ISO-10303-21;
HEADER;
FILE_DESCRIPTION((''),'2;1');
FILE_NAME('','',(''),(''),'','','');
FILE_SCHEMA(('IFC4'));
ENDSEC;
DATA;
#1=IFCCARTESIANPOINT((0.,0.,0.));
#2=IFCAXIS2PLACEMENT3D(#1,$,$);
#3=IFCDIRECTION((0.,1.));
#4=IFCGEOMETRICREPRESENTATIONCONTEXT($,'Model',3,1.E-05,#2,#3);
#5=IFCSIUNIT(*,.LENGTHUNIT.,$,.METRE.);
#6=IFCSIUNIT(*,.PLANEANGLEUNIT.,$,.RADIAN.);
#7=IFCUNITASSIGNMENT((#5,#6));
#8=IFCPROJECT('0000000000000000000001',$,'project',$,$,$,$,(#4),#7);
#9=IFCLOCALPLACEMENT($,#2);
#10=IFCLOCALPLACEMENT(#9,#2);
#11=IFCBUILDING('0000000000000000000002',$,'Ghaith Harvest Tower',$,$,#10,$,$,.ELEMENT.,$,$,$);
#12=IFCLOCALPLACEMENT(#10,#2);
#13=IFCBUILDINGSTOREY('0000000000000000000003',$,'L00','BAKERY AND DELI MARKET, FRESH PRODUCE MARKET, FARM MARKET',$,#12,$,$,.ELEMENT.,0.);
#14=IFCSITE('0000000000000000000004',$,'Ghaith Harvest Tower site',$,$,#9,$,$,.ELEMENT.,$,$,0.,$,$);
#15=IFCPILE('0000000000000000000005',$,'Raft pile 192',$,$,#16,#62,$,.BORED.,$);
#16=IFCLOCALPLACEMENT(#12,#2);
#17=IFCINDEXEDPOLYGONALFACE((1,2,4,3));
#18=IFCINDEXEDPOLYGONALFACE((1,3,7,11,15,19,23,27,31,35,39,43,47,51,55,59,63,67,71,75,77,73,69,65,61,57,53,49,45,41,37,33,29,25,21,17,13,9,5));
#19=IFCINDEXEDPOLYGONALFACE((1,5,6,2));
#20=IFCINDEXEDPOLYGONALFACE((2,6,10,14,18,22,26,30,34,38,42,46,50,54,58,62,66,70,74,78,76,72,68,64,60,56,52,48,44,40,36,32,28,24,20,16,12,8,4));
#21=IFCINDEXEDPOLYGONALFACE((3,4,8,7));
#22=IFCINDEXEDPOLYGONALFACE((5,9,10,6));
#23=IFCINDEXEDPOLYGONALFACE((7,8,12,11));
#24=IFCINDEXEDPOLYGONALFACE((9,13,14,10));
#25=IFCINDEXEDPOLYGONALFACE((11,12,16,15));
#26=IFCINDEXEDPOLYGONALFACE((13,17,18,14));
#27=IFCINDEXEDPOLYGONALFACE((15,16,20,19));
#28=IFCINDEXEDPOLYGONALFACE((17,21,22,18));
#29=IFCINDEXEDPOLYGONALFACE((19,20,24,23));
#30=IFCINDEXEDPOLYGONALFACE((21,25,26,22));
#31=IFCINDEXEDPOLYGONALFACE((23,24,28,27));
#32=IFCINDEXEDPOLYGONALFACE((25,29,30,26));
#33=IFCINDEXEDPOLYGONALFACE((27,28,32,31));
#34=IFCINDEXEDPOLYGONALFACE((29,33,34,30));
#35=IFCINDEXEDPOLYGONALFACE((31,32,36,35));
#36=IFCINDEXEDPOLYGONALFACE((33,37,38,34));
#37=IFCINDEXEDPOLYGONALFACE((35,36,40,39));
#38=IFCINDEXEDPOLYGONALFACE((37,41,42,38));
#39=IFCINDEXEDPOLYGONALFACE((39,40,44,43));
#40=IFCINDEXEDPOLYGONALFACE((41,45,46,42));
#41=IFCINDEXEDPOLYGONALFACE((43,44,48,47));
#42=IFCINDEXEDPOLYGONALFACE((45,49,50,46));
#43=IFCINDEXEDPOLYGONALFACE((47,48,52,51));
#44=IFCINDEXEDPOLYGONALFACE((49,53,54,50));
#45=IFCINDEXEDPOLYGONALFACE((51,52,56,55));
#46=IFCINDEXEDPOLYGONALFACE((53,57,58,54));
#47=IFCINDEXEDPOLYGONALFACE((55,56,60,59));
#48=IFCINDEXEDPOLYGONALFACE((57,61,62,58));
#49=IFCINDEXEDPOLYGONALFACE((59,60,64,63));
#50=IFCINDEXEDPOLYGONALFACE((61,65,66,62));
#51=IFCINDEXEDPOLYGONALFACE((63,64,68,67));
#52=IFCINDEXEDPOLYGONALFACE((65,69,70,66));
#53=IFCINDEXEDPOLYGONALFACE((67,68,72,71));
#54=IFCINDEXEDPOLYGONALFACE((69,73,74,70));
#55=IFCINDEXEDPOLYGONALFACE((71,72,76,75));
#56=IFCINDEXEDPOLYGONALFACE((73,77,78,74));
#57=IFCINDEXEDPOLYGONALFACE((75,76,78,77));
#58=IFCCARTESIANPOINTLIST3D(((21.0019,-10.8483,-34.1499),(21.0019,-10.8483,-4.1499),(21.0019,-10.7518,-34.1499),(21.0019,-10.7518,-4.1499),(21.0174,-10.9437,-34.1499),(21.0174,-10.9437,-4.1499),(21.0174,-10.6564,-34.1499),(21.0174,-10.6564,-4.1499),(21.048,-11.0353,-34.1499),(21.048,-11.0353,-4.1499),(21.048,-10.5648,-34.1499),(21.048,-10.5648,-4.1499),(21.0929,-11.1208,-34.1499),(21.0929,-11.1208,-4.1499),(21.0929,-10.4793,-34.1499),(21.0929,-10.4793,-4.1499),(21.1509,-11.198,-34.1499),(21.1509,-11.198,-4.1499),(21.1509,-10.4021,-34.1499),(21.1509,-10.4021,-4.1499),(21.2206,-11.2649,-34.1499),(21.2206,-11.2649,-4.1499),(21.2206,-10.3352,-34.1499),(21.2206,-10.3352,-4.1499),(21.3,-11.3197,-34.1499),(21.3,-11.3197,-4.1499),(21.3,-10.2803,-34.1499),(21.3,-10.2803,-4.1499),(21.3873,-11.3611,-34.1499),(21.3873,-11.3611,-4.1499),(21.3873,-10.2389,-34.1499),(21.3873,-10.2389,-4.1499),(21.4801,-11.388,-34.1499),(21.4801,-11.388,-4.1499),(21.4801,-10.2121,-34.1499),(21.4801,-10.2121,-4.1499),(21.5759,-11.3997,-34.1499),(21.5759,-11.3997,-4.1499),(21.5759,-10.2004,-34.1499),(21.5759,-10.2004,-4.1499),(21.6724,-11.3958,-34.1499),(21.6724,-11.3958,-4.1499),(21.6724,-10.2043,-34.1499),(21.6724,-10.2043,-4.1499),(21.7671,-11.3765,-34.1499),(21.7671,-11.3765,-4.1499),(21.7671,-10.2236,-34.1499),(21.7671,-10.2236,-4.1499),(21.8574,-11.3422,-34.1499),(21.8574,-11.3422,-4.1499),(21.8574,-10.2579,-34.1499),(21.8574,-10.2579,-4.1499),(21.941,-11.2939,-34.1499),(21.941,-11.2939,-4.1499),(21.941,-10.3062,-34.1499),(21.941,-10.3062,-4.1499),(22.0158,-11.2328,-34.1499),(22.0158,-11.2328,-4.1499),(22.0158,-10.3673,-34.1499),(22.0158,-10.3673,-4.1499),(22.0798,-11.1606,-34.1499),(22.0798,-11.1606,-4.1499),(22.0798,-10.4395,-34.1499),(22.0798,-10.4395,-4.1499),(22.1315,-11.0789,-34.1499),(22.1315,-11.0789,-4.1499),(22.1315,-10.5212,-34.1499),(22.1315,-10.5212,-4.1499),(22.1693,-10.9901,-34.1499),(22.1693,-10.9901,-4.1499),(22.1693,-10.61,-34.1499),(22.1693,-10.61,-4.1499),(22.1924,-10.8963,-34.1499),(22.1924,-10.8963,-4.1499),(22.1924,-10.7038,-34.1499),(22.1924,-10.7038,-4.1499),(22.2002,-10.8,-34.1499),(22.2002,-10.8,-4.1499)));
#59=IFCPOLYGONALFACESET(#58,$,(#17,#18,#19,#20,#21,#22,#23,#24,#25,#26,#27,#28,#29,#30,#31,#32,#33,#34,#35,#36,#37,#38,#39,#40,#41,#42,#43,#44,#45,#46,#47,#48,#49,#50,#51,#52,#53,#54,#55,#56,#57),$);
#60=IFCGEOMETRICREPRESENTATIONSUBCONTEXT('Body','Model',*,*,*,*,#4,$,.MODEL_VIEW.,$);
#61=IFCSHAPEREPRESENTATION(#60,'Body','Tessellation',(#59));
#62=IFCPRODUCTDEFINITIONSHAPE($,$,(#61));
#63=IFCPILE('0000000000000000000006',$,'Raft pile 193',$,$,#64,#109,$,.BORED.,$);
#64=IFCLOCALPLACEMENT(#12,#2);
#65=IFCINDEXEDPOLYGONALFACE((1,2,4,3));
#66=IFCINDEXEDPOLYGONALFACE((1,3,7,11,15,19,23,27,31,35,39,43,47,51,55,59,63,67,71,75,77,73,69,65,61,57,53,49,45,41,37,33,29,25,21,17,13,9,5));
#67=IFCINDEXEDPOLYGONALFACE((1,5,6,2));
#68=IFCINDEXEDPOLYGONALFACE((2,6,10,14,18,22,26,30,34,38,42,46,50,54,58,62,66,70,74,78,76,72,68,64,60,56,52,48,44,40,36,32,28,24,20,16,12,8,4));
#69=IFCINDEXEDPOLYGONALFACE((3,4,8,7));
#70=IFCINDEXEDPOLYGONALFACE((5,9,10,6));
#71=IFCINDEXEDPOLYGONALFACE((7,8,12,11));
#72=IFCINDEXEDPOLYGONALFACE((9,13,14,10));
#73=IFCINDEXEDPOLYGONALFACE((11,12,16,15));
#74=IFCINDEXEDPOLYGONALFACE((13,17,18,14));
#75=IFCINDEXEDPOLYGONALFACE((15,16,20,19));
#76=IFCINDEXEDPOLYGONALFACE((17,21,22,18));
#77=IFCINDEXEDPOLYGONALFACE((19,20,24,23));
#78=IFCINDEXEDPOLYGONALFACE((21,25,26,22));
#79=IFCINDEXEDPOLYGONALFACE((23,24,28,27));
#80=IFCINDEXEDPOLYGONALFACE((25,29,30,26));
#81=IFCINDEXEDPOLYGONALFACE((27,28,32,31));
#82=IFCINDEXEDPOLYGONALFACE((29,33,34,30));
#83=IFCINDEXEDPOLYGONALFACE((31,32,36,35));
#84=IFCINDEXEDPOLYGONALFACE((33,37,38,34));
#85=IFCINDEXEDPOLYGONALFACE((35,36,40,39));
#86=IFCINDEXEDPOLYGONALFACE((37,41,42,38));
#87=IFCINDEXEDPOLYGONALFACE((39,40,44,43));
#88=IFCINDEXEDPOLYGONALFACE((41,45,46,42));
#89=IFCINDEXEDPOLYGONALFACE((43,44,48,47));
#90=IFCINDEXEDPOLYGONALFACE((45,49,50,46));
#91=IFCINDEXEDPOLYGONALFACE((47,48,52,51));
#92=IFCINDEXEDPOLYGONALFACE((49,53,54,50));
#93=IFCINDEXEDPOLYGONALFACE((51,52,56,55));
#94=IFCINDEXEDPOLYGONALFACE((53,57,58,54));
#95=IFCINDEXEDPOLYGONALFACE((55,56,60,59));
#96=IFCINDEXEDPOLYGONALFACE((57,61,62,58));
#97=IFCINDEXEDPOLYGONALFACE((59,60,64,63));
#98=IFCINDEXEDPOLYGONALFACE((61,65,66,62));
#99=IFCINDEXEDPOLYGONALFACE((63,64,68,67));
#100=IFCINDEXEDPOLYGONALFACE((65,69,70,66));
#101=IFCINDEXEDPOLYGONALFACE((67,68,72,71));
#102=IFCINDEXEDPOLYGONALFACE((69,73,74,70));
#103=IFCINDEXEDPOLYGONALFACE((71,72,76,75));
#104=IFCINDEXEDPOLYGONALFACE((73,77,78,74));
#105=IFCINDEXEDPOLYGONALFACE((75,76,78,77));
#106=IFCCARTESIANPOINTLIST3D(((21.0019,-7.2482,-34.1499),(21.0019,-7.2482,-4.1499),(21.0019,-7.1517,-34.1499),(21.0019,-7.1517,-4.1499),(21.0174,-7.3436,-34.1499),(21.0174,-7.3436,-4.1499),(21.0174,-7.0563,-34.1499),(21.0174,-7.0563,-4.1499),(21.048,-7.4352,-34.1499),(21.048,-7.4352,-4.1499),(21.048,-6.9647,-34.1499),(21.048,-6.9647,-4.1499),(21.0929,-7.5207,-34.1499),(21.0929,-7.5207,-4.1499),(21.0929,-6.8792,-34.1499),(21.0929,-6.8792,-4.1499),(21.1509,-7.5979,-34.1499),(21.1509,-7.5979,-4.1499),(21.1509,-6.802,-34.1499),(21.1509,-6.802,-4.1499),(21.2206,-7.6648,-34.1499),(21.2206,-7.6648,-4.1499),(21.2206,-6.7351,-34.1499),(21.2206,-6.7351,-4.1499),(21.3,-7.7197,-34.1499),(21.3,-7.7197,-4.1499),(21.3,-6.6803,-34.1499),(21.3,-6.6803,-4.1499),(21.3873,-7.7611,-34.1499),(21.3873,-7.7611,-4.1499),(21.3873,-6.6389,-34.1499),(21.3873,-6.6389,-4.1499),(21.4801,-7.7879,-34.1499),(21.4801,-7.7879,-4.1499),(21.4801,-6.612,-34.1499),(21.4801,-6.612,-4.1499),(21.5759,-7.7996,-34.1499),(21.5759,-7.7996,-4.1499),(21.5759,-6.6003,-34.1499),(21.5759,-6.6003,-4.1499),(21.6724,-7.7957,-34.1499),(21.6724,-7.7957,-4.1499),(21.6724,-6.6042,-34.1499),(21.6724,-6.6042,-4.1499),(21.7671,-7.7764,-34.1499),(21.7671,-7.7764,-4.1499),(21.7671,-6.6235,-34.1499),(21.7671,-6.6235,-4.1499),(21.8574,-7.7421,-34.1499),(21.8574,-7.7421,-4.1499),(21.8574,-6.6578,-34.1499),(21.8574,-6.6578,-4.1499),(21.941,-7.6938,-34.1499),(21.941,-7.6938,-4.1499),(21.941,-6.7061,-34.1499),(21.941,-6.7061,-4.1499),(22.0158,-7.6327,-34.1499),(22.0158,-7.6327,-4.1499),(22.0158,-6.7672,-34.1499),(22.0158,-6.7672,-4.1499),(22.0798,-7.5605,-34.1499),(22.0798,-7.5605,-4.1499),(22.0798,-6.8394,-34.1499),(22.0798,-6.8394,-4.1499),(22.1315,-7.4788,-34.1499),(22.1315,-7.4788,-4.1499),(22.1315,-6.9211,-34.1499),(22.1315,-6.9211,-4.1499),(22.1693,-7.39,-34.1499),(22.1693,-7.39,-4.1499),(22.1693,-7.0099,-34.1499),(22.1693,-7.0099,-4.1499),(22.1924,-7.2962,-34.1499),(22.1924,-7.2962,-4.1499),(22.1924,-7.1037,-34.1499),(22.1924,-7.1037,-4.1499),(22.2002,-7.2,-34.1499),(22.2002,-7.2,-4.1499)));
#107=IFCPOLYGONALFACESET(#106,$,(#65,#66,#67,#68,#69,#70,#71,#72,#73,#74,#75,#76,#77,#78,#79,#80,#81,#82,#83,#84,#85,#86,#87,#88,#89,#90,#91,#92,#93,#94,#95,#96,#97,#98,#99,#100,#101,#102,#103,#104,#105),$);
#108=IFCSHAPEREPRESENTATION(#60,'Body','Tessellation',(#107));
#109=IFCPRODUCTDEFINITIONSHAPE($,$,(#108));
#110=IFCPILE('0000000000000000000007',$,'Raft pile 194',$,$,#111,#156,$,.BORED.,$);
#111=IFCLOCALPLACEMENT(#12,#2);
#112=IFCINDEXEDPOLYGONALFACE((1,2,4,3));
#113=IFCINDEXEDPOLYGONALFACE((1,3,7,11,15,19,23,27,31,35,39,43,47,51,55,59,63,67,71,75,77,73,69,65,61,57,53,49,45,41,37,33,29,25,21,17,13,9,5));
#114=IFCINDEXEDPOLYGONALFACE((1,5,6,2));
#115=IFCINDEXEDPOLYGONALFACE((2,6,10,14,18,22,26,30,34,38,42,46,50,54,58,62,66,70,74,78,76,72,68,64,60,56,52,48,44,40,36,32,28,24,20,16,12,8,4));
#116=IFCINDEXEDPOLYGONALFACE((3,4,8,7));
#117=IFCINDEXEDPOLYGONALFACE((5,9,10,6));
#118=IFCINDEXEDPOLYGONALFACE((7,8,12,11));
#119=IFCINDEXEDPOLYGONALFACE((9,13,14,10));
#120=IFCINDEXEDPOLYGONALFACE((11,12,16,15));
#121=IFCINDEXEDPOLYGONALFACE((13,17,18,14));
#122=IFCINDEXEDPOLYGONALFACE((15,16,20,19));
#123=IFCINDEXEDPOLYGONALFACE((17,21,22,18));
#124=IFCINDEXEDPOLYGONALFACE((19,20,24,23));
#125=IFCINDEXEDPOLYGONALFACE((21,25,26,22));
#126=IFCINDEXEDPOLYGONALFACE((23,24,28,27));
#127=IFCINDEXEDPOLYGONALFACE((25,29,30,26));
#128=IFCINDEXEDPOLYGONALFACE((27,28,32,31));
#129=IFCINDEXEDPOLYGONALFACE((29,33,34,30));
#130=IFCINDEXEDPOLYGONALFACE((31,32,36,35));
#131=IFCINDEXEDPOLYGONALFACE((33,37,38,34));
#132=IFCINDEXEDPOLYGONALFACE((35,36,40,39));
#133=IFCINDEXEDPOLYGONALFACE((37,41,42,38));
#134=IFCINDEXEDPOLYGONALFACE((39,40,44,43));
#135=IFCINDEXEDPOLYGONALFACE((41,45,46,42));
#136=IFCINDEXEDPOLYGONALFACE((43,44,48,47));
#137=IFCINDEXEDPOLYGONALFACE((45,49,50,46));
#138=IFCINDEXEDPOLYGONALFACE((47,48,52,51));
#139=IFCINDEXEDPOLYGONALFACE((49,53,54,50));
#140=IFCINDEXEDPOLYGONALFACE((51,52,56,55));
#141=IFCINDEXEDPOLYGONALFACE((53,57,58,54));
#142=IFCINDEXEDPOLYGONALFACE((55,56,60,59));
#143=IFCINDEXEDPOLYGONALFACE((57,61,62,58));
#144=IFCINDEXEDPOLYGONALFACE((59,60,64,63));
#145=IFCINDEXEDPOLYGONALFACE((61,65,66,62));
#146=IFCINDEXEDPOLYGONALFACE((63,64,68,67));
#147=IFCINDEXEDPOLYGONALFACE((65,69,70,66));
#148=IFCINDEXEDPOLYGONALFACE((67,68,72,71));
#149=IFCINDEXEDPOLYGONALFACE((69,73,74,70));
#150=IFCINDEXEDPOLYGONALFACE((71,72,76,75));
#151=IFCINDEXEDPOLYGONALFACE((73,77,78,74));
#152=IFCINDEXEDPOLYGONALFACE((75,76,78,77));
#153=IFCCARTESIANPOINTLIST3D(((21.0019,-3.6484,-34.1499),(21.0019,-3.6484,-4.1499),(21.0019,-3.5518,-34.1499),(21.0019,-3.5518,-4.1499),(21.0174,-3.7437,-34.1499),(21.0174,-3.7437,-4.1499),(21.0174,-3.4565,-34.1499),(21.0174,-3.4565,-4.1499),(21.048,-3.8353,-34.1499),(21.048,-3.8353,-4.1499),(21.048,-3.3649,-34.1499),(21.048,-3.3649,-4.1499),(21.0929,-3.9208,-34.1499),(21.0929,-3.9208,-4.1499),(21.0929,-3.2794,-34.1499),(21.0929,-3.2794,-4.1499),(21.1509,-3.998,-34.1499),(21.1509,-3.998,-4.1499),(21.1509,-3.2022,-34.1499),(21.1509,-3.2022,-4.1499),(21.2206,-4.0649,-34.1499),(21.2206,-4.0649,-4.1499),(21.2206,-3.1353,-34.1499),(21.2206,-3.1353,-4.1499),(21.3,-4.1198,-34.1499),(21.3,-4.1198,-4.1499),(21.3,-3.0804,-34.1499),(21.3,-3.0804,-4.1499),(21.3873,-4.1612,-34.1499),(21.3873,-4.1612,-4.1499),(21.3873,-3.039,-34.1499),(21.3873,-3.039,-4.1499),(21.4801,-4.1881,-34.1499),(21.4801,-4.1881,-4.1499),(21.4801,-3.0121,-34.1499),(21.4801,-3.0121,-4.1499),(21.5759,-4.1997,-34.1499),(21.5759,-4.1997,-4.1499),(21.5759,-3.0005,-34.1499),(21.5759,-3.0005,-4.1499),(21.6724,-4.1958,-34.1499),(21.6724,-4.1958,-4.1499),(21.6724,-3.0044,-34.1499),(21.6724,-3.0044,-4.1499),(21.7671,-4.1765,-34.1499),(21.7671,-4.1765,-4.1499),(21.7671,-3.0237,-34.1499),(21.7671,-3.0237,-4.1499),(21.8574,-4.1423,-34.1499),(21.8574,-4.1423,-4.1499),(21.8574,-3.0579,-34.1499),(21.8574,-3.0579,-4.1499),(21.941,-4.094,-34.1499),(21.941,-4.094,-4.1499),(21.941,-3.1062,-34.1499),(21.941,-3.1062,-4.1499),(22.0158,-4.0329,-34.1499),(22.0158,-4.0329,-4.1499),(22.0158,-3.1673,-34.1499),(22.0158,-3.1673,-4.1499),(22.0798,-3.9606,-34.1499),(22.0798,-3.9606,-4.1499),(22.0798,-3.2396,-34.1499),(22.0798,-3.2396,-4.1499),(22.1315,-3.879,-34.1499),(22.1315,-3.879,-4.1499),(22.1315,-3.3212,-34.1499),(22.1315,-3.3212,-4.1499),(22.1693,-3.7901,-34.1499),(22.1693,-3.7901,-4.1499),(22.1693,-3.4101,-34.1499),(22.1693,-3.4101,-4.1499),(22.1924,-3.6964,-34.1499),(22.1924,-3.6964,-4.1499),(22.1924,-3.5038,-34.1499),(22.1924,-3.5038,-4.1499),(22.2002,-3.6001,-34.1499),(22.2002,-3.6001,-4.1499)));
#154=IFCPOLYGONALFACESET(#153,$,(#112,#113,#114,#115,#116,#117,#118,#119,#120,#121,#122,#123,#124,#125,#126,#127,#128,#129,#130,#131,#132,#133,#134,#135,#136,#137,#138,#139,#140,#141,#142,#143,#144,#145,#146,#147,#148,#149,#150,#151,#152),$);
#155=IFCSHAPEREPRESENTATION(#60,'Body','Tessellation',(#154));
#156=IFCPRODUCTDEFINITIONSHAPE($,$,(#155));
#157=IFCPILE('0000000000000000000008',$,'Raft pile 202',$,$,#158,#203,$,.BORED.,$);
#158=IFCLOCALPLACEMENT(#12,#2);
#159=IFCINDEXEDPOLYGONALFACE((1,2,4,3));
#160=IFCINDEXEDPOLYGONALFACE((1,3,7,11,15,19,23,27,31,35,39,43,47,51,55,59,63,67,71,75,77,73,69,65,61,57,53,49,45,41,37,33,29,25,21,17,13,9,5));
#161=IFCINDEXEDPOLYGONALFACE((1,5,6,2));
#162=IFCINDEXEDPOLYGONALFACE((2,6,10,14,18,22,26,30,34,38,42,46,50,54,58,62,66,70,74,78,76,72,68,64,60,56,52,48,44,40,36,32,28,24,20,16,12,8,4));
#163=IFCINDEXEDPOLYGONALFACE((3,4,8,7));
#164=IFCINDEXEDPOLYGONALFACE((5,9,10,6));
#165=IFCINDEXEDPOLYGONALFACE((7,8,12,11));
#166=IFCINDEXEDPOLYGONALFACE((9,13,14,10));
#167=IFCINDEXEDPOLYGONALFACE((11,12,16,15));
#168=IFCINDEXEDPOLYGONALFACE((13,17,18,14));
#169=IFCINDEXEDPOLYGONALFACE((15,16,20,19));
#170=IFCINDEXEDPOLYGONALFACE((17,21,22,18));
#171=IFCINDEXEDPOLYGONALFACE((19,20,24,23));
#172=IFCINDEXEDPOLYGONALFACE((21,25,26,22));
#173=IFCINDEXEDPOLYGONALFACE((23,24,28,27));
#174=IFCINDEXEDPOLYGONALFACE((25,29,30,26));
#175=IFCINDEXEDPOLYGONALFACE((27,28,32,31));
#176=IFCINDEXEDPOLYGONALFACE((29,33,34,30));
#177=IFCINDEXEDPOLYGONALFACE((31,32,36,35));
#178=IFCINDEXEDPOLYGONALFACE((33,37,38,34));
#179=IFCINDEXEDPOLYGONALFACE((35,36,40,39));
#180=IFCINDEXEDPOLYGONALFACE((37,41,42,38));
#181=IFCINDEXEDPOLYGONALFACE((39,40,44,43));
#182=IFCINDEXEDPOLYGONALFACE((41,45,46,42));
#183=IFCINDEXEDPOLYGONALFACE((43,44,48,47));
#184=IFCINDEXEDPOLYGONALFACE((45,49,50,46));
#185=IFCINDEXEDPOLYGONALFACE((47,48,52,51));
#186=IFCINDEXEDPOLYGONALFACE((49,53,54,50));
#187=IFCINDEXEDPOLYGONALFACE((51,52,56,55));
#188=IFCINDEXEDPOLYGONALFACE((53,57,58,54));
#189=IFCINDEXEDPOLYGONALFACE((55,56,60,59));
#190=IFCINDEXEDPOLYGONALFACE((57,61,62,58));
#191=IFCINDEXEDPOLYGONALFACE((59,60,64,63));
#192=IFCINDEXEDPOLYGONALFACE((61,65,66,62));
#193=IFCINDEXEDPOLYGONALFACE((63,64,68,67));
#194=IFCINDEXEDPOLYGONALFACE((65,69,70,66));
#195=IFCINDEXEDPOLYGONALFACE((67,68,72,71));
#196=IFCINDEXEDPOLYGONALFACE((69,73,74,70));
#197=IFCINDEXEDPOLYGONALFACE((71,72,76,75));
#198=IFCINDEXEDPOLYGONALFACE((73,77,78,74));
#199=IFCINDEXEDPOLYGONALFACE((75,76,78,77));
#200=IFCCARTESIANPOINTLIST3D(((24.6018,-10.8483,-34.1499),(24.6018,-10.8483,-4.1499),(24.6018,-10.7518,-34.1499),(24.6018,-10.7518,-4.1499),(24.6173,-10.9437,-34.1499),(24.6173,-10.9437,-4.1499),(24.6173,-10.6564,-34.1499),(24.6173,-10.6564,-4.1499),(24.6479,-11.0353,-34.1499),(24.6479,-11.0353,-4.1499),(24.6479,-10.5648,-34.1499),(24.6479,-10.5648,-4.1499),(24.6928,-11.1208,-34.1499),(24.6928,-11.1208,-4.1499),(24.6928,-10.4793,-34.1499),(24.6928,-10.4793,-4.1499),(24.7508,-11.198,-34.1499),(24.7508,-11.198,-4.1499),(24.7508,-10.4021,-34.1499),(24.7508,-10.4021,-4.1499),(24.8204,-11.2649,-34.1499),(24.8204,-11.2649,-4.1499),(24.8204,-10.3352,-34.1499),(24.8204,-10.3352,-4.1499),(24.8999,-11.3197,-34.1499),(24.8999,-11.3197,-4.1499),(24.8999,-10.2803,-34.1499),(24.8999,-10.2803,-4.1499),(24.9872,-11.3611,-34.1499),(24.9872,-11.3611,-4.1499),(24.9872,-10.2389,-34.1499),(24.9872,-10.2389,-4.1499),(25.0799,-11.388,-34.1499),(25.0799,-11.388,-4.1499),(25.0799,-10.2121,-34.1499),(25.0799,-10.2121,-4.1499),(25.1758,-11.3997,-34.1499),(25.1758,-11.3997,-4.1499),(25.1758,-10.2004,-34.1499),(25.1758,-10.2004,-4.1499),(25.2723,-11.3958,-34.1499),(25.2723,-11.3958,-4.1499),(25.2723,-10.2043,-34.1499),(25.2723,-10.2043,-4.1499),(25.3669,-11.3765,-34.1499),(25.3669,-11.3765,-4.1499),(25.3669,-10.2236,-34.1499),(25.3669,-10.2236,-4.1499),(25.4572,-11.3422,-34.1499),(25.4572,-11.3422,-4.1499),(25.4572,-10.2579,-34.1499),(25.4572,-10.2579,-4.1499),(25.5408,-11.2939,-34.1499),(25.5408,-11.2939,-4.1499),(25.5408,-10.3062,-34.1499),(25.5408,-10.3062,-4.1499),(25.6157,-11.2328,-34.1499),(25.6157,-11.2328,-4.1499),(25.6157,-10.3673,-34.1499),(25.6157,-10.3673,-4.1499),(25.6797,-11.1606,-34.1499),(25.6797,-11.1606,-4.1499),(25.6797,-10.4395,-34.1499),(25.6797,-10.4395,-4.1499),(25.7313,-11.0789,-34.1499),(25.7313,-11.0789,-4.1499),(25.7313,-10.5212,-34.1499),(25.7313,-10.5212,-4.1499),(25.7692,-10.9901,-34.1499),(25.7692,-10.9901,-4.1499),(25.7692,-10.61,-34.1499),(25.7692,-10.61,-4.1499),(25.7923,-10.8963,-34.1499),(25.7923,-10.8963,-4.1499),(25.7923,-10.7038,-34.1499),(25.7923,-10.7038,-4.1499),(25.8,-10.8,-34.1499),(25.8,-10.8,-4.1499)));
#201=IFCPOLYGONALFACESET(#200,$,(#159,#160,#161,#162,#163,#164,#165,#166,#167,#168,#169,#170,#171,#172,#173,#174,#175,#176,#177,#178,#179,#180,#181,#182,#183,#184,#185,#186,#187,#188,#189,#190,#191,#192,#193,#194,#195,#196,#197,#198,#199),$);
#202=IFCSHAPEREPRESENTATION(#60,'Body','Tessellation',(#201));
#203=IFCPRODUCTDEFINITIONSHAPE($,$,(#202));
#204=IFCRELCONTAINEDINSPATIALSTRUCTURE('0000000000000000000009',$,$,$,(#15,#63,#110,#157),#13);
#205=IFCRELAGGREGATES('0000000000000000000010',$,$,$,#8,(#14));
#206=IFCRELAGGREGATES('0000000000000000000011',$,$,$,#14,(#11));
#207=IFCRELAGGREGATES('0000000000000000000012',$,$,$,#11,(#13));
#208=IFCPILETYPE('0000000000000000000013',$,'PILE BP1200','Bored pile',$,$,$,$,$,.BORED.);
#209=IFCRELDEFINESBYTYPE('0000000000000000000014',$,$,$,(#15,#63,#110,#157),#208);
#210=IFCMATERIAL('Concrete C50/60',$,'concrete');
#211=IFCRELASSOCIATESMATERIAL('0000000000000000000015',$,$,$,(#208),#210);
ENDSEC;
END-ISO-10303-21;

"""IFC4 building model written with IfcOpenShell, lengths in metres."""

from ifc_helpers import new_model, si_unit, direction, frame, origin, origin_2d, place, context, subcontext, project, spatial, circle, extrude, material, material_profile, profile_set, type_object, element, save


model = new_model("IFC4")

# Units and contexts
model_context = context("Model", 3, precision=1e-05, world=origin(), true_north=direction((0.0, 1.0)))
body_context = subcontext(model_context, "Body", "Model", "MODEL_VIEW")
ifc_project = project(units=[si_unit("LENGTHUNIT", "METRE"), si_unit("PLANEANGLEUNIT", "RADIAN")], contexts=[model_context])

# Site, building, storey
site_placement = place(None, origin())
site = spatial("IfcSite", under=ifc_project, at=site_placement, Name="Ghaith Harvest Tower site", CompositionType="ELEMENT", RefElevation=0.0)
building_placement = place(site_placement, origin())
building = spatial("IfcBuilding", under=site, at=building_placement, Name="Ghaith Harvest Tower", CompositionType="ELEMENT")
storey_placement = place(building_placement, origin())
storey = spatial("IfcBuildingStorey", under=building, at=storey_placement, Name="L00", Description="BAKERY AND DELI MARKET, FRESH PRODUCE MARKET, FARM MARKET", CompositionType="ELEMENT", Elevation=0.0)

# Piles
ifc_material_1 = material(Name="Concrete C50/60", Category="concrete")
ifc_material_profile_1 = material_profile(ifc_material_1, circle(Radius=0.6001, at=origin_2d()), Name="PILE1200")
ifc_profile_set_1 = profile_set([ifc_material_profile_1], Name="Concrete C50/60")
pile_type = type_object("IfcPileType", Name="PILE BP1200", Description="Bored pile", PredefinedType="BORED", material=ifc_profile_set_1)
for number, where, z_axis, x_axis, name in (
    (1, (21.6001, -10.8, -4.1499), (0.0, 0.0, -1.0), (1.0, 0.0, 0.0), "Raft pile 192"),
    (2, (21.6001, -7.2, -4.1499), (0.0, 0.0, -1.0), (1.0, 0.0, 0.0), "Raft pile 193"),
    (3, (21.6001, -3.6001, -4.1499), (0.0, 0.0, -1.0), (1.0, 0.0, 0.0), "Raft pile 194"),
    (4, (25.2, -10.8, -4.1499), (0.0, 0.0, -1.0), (1.0, 0.0, 0.0), "Raft pile 202"),
):
    element("IfcPile", number, at=place(storey_placement, frame(where, z_axis=z_axis, x_axis=x_axis)), inside=storey, type_object=pile_type, Name=name, PredefinedType="BORED", context=body_context, shape_type="SweptSolid", body=[
        extrude(circle(Radius=0.6001, at=origin_2d()), origin(), (0.0, 0.0, 1.0), 30.0),
    ])

save(model, "model.ifc")
